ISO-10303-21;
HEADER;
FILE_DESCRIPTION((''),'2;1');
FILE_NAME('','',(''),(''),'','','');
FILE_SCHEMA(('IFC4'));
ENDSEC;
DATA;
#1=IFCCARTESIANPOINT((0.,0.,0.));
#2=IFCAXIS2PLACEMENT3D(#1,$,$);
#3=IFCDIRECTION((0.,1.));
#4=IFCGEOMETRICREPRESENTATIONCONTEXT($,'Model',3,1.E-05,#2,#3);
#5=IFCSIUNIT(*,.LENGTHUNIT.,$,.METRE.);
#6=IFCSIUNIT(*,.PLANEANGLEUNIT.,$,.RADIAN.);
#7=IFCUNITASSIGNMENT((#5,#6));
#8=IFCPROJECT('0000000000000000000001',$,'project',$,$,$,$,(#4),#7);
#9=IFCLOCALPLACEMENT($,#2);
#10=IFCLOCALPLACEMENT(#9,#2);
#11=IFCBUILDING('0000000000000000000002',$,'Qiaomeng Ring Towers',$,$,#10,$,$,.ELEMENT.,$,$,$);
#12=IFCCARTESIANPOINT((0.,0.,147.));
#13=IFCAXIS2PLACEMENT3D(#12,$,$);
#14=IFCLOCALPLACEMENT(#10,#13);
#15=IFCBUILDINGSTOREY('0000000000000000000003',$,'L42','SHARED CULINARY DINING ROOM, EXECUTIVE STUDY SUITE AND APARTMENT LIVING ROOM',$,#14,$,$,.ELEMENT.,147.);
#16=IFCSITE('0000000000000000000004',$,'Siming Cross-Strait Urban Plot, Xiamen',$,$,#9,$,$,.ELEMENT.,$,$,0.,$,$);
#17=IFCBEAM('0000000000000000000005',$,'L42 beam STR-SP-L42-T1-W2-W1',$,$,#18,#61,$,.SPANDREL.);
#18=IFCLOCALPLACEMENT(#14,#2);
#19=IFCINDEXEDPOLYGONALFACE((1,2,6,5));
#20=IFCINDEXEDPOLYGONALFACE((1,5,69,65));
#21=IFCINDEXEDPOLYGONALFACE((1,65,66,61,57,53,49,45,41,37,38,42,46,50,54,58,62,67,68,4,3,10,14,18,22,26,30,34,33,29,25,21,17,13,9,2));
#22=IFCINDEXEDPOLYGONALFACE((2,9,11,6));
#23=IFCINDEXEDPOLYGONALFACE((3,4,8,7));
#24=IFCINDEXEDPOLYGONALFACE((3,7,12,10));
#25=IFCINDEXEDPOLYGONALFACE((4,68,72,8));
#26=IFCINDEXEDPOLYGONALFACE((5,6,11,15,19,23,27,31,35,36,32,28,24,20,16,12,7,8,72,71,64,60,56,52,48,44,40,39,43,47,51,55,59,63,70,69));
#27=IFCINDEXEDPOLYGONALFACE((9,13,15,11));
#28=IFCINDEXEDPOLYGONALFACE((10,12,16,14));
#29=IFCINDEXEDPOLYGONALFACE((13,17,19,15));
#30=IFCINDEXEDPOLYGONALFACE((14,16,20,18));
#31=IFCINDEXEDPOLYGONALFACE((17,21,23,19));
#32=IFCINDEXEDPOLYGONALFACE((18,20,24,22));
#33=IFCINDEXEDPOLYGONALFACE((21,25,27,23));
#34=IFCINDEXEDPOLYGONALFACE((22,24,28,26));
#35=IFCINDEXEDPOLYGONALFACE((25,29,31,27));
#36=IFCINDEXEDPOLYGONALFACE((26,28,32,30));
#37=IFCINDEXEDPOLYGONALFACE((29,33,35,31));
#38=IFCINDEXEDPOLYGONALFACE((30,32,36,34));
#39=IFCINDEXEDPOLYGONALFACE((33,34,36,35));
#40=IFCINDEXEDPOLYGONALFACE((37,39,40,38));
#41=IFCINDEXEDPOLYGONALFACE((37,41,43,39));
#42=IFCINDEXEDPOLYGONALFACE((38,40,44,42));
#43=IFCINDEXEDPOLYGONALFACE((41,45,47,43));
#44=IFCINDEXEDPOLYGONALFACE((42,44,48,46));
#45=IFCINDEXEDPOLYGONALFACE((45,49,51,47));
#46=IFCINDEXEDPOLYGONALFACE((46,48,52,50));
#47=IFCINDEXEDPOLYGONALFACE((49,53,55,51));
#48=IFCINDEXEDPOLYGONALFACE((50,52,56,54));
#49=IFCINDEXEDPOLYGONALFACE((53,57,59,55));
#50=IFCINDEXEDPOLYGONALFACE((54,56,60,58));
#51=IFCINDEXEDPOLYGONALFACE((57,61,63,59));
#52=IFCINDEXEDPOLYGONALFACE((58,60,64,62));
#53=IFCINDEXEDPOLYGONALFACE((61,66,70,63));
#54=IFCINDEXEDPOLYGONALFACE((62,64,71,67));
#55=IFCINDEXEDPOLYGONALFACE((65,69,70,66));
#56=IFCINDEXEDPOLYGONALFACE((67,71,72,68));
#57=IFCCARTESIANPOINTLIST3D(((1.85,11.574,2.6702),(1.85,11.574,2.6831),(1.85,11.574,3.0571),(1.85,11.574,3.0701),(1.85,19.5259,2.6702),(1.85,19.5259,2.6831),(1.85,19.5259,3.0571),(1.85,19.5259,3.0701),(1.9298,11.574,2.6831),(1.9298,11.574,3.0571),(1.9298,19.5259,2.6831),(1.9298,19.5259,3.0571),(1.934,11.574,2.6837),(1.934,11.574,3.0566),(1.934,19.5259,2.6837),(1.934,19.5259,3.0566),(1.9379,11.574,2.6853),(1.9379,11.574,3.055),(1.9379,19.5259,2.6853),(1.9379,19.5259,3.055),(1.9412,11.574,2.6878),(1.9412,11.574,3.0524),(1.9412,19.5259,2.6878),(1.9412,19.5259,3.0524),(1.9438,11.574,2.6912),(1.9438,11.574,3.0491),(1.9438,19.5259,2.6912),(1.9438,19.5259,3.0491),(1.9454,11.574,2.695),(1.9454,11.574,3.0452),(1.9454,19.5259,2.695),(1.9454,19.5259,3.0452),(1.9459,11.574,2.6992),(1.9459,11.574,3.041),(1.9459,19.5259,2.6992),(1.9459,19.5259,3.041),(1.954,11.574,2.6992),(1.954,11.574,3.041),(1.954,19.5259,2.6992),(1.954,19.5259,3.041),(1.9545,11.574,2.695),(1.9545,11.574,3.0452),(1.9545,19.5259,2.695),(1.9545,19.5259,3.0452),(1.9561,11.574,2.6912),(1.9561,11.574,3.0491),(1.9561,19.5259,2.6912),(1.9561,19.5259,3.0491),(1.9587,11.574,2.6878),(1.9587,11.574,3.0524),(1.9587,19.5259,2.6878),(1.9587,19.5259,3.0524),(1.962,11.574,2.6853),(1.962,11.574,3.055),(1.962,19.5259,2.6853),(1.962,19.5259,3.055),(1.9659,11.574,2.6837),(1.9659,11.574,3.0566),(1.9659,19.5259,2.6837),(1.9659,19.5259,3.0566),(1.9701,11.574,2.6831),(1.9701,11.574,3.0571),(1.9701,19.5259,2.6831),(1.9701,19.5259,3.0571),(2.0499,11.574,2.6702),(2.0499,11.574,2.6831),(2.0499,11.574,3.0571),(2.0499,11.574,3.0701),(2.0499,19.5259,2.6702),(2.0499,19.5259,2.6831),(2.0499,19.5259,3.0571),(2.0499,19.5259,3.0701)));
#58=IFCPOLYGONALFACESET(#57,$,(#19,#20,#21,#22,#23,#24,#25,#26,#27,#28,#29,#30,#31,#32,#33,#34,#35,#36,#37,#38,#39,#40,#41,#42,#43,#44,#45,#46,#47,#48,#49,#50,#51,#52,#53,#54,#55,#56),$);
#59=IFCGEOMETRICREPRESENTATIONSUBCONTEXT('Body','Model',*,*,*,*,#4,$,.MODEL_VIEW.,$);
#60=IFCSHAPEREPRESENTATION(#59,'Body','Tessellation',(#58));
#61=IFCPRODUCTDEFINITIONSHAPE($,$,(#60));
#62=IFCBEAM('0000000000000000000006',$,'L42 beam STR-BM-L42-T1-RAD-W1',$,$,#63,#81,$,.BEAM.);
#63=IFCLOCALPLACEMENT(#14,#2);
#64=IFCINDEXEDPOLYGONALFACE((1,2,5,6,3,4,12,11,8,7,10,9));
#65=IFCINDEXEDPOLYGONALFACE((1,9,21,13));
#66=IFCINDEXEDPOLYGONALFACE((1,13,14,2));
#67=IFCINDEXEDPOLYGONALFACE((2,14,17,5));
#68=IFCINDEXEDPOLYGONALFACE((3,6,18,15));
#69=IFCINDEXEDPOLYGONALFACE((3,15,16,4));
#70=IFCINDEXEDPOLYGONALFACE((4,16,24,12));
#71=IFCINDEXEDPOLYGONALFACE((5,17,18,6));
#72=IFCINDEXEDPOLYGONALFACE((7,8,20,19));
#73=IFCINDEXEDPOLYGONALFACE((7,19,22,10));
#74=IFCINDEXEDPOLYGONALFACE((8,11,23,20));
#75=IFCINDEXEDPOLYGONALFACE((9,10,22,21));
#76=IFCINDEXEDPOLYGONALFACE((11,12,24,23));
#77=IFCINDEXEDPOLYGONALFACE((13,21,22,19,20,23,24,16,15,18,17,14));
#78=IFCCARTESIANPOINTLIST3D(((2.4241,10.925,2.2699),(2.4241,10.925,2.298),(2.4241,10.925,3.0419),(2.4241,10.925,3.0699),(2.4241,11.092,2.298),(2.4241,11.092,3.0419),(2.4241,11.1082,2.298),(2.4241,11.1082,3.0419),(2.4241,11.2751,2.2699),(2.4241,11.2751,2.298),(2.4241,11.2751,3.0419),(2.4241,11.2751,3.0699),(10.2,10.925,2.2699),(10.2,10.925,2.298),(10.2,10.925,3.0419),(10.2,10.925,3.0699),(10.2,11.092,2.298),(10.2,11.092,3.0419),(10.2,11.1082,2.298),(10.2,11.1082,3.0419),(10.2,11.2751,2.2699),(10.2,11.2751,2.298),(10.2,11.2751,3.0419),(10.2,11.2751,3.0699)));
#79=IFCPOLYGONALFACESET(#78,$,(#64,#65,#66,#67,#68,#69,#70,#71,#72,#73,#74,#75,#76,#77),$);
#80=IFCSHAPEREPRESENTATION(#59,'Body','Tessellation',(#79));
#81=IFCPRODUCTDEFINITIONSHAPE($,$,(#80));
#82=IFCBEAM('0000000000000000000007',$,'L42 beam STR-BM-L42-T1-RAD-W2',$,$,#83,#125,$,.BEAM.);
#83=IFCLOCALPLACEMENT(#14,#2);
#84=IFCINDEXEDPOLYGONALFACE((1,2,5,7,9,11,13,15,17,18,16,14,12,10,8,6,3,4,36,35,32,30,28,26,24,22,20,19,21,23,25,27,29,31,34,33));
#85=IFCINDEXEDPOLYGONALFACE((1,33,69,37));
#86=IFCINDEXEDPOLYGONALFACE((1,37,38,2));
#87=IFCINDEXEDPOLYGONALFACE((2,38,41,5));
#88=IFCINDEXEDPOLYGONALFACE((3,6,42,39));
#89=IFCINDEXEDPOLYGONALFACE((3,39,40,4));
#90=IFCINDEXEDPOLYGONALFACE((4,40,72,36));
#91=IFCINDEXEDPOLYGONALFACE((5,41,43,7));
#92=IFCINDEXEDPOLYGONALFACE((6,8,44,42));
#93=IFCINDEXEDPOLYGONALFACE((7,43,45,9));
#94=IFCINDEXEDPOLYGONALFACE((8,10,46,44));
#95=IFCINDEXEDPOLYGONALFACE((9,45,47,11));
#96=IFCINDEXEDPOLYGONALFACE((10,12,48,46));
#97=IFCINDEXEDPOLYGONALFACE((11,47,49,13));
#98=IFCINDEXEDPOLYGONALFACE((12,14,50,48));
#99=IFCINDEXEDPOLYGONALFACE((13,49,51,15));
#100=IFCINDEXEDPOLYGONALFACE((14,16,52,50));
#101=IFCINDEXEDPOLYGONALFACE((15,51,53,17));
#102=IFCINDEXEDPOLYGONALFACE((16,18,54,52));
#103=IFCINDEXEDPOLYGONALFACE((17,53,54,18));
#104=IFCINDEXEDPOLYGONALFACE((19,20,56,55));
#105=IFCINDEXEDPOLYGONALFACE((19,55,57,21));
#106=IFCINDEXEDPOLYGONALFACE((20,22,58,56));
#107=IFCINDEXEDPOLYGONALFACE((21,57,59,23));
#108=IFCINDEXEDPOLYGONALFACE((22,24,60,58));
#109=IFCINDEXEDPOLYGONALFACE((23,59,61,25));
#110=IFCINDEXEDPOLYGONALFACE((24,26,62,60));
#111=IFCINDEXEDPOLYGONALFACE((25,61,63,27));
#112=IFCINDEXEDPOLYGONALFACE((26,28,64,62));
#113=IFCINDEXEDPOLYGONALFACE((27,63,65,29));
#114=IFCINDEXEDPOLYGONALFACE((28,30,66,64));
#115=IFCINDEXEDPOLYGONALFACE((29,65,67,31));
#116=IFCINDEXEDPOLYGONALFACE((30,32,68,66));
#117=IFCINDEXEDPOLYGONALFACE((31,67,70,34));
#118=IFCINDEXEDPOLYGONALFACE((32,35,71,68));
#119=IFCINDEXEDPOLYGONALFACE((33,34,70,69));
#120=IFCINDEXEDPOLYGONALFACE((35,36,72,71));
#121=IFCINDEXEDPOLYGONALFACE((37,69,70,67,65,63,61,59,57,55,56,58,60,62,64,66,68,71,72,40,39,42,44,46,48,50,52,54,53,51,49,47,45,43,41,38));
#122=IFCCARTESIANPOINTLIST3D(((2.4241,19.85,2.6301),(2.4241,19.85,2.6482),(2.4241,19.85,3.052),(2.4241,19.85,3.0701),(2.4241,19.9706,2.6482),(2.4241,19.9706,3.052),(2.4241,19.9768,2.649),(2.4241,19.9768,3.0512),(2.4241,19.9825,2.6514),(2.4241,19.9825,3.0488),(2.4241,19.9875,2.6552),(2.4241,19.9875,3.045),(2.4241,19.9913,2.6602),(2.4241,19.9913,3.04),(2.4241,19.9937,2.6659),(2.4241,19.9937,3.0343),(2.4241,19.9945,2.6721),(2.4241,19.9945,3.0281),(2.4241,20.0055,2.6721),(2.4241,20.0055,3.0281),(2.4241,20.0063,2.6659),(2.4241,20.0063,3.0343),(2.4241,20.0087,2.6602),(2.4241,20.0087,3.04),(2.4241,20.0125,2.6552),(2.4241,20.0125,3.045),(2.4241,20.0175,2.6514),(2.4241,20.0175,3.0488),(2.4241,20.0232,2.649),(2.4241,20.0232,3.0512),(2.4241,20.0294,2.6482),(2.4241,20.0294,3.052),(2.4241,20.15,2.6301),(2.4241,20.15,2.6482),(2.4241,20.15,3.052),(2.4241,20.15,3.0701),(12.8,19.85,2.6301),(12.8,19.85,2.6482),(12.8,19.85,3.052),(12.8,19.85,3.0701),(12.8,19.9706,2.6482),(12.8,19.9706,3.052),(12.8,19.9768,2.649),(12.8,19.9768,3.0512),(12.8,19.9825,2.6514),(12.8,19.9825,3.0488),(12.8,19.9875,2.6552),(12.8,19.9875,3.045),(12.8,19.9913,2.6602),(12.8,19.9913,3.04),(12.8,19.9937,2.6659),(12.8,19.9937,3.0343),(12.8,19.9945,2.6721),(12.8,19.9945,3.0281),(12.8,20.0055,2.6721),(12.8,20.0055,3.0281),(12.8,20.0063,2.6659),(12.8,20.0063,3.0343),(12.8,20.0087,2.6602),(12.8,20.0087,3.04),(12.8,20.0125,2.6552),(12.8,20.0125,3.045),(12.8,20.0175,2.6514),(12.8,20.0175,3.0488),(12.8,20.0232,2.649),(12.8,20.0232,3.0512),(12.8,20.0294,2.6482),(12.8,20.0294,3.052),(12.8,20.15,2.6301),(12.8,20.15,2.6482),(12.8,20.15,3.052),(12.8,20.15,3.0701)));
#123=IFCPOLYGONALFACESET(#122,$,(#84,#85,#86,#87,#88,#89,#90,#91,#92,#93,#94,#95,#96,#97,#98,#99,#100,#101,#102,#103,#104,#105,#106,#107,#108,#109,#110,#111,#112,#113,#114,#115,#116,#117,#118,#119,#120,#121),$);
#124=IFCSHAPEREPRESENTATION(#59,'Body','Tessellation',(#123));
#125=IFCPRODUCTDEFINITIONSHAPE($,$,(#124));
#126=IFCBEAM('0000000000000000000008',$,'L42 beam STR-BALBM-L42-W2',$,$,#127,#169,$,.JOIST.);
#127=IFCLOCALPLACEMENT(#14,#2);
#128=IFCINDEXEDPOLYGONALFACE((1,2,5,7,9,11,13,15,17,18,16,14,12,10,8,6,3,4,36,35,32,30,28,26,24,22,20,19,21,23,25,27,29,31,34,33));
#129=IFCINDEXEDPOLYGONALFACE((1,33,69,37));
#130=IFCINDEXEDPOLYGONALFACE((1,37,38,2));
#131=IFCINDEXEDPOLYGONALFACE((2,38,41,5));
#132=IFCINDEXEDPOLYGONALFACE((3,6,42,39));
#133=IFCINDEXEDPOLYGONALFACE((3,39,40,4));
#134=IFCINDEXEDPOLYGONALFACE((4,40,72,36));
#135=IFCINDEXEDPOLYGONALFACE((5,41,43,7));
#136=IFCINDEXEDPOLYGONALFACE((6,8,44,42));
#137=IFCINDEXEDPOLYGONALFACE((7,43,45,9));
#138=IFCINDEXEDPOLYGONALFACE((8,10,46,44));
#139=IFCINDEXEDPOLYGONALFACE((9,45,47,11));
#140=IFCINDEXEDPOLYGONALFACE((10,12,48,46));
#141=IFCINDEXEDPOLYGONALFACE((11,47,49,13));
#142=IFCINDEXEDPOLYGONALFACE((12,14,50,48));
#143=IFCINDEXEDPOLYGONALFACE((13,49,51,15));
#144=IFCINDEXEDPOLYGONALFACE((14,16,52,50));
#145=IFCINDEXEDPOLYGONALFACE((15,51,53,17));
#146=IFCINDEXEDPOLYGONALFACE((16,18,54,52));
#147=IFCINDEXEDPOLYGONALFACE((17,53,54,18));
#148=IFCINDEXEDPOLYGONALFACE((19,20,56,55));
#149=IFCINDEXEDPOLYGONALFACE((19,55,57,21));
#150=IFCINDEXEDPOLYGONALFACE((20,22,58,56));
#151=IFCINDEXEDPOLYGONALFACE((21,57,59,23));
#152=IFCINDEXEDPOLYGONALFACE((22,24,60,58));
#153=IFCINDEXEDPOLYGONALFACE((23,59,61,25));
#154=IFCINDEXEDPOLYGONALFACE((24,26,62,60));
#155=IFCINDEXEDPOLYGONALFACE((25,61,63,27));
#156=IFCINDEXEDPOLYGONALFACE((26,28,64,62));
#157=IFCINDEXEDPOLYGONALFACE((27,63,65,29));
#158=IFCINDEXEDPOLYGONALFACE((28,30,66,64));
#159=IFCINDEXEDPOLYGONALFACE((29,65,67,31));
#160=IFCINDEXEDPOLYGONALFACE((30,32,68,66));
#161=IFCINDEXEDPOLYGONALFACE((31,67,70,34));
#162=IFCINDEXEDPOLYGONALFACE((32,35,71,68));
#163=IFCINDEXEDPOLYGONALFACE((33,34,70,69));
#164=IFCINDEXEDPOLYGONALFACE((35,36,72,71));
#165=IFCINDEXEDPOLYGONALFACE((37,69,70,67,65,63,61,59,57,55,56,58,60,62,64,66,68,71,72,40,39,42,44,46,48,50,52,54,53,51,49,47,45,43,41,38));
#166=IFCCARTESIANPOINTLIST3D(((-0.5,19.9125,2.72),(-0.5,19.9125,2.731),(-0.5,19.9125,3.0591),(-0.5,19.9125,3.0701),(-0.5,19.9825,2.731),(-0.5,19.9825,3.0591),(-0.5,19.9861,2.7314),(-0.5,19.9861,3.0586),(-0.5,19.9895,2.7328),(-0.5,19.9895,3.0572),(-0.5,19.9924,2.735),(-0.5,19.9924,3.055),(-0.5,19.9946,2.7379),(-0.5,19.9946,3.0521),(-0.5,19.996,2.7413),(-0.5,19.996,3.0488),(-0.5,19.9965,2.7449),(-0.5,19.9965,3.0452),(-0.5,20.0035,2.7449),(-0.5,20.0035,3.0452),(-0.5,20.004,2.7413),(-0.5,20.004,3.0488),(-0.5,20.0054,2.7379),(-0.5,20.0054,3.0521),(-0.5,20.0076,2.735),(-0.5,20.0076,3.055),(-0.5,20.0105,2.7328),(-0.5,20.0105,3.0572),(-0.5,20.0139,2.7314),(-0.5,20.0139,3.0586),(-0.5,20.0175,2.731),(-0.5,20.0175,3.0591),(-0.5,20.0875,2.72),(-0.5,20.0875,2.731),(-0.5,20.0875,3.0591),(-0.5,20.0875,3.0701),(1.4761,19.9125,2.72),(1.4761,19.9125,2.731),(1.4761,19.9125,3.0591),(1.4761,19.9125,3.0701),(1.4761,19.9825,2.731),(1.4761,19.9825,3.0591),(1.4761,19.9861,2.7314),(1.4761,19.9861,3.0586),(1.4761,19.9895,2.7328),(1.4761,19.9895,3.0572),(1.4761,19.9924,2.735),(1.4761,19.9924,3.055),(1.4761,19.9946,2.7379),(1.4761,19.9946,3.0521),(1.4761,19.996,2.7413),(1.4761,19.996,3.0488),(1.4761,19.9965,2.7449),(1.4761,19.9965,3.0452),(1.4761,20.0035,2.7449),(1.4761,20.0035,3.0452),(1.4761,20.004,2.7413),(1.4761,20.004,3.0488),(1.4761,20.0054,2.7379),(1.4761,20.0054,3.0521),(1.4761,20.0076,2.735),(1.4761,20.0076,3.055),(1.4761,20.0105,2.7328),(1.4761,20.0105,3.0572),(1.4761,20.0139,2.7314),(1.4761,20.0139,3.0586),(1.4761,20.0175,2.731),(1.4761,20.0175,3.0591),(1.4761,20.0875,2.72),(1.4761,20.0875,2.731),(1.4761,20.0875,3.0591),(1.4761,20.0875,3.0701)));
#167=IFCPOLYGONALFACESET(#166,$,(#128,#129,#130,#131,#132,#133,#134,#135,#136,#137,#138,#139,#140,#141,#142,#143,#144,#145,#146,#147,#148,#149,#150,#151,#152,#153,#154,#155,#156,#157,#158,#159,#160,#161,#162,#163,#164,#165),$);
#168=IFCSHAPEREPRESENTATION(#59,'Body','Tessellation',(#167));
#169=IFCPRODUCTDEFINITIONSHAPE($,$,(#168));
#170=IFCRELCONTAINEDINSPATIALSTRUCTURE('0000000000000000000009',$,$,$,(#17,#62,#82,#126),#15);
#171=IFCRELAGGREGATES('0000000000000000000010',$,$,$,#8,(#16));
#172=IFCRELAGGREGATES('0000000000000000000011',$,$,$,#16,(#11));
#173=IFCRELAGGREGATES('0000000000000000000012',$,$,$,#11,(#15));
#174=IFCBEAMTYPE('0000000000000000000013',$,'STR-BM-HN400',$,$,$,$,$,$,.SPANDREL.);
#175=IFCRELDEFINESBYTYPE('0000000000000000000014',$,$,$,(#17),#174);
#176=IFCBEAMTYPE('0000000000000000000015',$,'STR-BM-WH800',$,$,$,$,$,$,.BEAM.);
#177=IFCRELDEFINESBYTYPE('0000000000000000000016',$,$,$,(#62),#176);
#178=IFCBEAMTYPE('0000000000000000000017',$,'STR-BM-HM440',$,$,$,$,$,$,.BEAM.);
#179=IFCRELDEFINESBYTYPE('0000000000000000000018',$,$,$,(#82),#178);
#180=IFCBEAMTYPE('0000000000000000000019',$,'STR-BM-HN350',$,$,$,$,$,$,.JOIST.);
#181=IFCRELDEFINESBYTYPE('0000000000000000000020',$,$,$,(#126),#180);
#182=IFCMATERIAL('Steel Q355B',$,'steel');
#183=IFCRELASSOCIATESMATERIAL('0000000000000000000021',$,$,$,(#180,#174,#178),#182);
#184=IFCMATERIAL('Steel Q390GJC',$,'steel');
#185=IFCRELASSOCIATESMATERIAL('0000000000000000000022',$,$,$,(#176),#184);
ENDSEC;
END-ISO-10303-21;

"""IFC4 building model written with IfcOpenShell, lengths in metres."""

from ifc_helpers import new_model, si_unit, direction, frame, origin, origin_2d, place, context, subcontext, project, spatial, i_section, extrude, source, transform, mapped, material, material_profile, profile_set, type_object, element, save


model = new_model("IFC4")

# Units and contexts
model_context = context("Model", 3, precision=1e-05, world=origin(), true_north=direction((0.0, 1.0)))
body_context = subcontext(model_context, "Body", "Model", "MODEL_VIEW")
ifc_project = project(units=[si_unit("LENGTHUNIT", "METRE"), si_unit("PLANEANGLEUNIT", "RADIAN")], contexts=[model_context])

# Site, building, storey
site_placement = place(None, origin())
site = spatial("IfcSite", under=ifc_project, at=site_placement, Name="Siming Cross-Strait Urban Plot, Xiamen", CompositionType="ELEMENT", RefElevation=0.0)
building_placement = place(site_placement, origin())
building = spatial("IfcBuilding", under=site, at=building_placement, Name="Qiaomeng Ring Towers", CompositionType="ELEMENT")
storey_placement = place(building_placement, frame((0.0, 0.0, 147.0)))
storey = spatial("IfcBuildingStorey", under=building, at=storey_placement, Name="L42", Description="SHARED CULINARY DINING ROOM, EXECUTIVE STUDY SUITE AND APARTMENT LIVING ROOM", CompositionType="ELEMENT", Elevation=147.0)

# Beams
ifc_material_1 = material(Name="Steel Q355B", Category="steel")
ifc_material_profile_1 = material_profile(ifc_material_1, i_section(OverallWidth=0.175, OverallDepth=0.3501, WebThickness=0.0071, FlangeThickness=0.011, FilletRadius=0.0139, at=origin_2d()), Name="HN 350x175x7x11")
ifc_profile_set_1 = profile_set([ifc_material_profile_1], Name="Steel Q355B")
beam_type_1 = type_object("IfcBeamType", Name="STR-BM-HN350", PredefinedType="JOIST", material=ifc_profile_set_1)
ifc_material_profile_2 = material_profile(ifc_material_1, i_section(OverallWidth=0.2, OverallDepth=0.3999, WebThickness=0.0081, FlangeThickness=0.0129, FilletRadius=0.0161, at=origin_2d()), Name="HN 400x200x8x13")
ifc_profile_set_2 = profile_set([ifc_material_profile_2], Name="Steel Q355B")
beam_type_2 = type_object("IfcBeamType", Name="STR-BM-HN400", PredefinedType="SPANDREL", material=ifc_profile_set_2)
shared_shape_1 = source(origin(), body_context, "Body", "SweptSolid", [
    extrude(i_section(OverallWidth=0.2, OverallDepth=0.3999, WebThickness=0.0081, FlangeThickness=0.0129, FilletRadius=0.0161, at=origin_2d()), origin(), (0.0, 0.0, 1.0), 7.9519),
])
beam_1_placement = place(storey_placement, frame((1.95, 19.5259, 2.8701), z_axis=(0.0, -1.0, 0.0), x_axis=(1.0, 0.0, 0.0)))
element("IfcBeam", 1, at=beam_1_placement, inside=storey, type_object=beam_type_2, Name="L42 beam STR-SP-L42-T1-W2-W1", PredefinedType="SPANDREL", context=body_context, shape_type="MappedRepresentation", body=[
    mapped(shared_shape_1, transform((0.0, 0.0, 0.0), x_axis=(1.0, 0.0, 0.0), y_axis=(0.0, 1.0, 0.0), z_axis=(0.0, 0.0, 1.0), scale=1.0)),
])
ifc_material_2 = material(Name="Steel Q390GJC", Category="steel")
ifc_material_profile_3 = material_profile(ifc_material_2, i_section(OverallWidth=0.3501, OverallDepth=0.8, WebThickness=0.0161, FlangeThickness=0.0281, at=origin_2d()), Name="WH 800x350x16x28")
ifc_profile_set_3 = profile_set([ifc_material_profile_3], Name="Steel Q390GJC")
beam_type_3 = type_object("IfcBeamType", Name="STR-BM-WH800", PredefinedType="BEAM", material=ifc_profile_set_3)
shared_shape_2 = source(origin(), body_context, "Body", "SweptSolid", [
    extrude(i_section(OverallWidth=0.3501, OverallDepth=0.8, WebThickness=0.0161, FlangeThickness=0.0281, at=origin_2d()), origin(), (0.0, 0.0, 1.0), 7.7759),
])
beam_2_placement = place(storey_placement, frame((2.4241, 11.1001, 2.6699), z_axis=(1.0, 0.0, 0.0), x_axis=(0.0, 1.0, 0.0)))
element("IfcBeam", 2, at=beam_2_placement, inside=storey, type_object=beam_type_3, Name="L42 beam STR-BM-L42-T1-RAD-W1", PredefinedType="BEAM", context=body_context, shape_type="MappedRepresentation", body=[
    mapped(shared_shape_2, transform((0.0, 0.0, 0.0), x_axis=(1.0, 0.0, 0.0), y_axis=(0.0, 1.0, 0.0), z_axis=(0.0, 0.0, 1.0), scale=1.0)),
])
ifc_material_profile_4 = material_profile(ifc_material_1, i_section(OverallWidth=0.3, OverallDepth=0.4399, WebThickness=0.011, FlangeThickness=0.0181, FilletRadius=0.0239, at=origin_2d()), Name="HM 440x300x11x18")
ifc_profile_set_4 = profile_set([ifc_material_profile_4], Name="Steel Q355B")
beam_type_4 = type_object("IfcBeamType", Name="STR-BM-HM440", PredefinedType="BEAM", material=ifc_profile_set_4)
shared_shape_3 = source(origin(), body_context, "Body", "SweptSolid", [
    extrude(i_section(OverallWidth=0.3, OverallDepth=0.4399, WebThickness=0.011, FlangeThickness=0.0181, FilletRadius=0.0239, at=origin_2d()), origin(), (0.0, 0.0, 1.0), 10.376),
])
beam_3_placement = place(storey_placement, frame((2.4241, 20.0, 2.8501), z_axis=(1.0, 0.0, 0.0), x_axis=(0.0, 1.0, 0.0)))
element("IfcBeam", 3, at=beam_3_placement, inside=storey, type_object=beam_type_4, Name="L42 beam STR-BM-L42-T1-RAD-W2", PredefinedType="BEAM", context=body_context, shape_type="MappedRepresentation", body=[
    mapped(shared_shape_3, transform((0.0, 0.0, 0.0), x_axis=(1.0, 0.0, 0.0), y_axis=(0.0, 1.0, 0.0), z_axis=(0.0, 0.0, 1.0), scale=1.0)),
])
shared_shape_4 = source(origin(), body_context, "Body", "SweptSolid", [
    extrude(i_section(OverallWidth=0.175, OverallDepth=0.3501, WebThickness=0.0071, FlangeThickness=0.011, FilletRadius=0.0139, at=origin_2d()), origin(), (0.0, 0.0, 1.0), 1.9761),
])
beam_4_placement = place(storey_placement, frame((-0.5, 20.0, 2.895), z_axis=(1.0, 0.0, 0.0), x_axis=(0.0, 1.0, 0.0)))
element("IfcBeam", 4, at=beam_4_placement, inside=storey, type_object=beam_type_1, Name="L42 beam STR-BALBM-L42-W2", PredefinedType="JOIST", context=body_context, shape_type="MappedRepresentation", body=[
    mapped(shared_shape_4, transform((0.0, 0.0, 0.0), x_axis=(1.0, 0.0, 0.0), y_axis=(0.0, 1.0, 0.0), z_axis=(0.0, 0.0, 1.0), scale=1.0)),
])

save(model, "model.ifc")
